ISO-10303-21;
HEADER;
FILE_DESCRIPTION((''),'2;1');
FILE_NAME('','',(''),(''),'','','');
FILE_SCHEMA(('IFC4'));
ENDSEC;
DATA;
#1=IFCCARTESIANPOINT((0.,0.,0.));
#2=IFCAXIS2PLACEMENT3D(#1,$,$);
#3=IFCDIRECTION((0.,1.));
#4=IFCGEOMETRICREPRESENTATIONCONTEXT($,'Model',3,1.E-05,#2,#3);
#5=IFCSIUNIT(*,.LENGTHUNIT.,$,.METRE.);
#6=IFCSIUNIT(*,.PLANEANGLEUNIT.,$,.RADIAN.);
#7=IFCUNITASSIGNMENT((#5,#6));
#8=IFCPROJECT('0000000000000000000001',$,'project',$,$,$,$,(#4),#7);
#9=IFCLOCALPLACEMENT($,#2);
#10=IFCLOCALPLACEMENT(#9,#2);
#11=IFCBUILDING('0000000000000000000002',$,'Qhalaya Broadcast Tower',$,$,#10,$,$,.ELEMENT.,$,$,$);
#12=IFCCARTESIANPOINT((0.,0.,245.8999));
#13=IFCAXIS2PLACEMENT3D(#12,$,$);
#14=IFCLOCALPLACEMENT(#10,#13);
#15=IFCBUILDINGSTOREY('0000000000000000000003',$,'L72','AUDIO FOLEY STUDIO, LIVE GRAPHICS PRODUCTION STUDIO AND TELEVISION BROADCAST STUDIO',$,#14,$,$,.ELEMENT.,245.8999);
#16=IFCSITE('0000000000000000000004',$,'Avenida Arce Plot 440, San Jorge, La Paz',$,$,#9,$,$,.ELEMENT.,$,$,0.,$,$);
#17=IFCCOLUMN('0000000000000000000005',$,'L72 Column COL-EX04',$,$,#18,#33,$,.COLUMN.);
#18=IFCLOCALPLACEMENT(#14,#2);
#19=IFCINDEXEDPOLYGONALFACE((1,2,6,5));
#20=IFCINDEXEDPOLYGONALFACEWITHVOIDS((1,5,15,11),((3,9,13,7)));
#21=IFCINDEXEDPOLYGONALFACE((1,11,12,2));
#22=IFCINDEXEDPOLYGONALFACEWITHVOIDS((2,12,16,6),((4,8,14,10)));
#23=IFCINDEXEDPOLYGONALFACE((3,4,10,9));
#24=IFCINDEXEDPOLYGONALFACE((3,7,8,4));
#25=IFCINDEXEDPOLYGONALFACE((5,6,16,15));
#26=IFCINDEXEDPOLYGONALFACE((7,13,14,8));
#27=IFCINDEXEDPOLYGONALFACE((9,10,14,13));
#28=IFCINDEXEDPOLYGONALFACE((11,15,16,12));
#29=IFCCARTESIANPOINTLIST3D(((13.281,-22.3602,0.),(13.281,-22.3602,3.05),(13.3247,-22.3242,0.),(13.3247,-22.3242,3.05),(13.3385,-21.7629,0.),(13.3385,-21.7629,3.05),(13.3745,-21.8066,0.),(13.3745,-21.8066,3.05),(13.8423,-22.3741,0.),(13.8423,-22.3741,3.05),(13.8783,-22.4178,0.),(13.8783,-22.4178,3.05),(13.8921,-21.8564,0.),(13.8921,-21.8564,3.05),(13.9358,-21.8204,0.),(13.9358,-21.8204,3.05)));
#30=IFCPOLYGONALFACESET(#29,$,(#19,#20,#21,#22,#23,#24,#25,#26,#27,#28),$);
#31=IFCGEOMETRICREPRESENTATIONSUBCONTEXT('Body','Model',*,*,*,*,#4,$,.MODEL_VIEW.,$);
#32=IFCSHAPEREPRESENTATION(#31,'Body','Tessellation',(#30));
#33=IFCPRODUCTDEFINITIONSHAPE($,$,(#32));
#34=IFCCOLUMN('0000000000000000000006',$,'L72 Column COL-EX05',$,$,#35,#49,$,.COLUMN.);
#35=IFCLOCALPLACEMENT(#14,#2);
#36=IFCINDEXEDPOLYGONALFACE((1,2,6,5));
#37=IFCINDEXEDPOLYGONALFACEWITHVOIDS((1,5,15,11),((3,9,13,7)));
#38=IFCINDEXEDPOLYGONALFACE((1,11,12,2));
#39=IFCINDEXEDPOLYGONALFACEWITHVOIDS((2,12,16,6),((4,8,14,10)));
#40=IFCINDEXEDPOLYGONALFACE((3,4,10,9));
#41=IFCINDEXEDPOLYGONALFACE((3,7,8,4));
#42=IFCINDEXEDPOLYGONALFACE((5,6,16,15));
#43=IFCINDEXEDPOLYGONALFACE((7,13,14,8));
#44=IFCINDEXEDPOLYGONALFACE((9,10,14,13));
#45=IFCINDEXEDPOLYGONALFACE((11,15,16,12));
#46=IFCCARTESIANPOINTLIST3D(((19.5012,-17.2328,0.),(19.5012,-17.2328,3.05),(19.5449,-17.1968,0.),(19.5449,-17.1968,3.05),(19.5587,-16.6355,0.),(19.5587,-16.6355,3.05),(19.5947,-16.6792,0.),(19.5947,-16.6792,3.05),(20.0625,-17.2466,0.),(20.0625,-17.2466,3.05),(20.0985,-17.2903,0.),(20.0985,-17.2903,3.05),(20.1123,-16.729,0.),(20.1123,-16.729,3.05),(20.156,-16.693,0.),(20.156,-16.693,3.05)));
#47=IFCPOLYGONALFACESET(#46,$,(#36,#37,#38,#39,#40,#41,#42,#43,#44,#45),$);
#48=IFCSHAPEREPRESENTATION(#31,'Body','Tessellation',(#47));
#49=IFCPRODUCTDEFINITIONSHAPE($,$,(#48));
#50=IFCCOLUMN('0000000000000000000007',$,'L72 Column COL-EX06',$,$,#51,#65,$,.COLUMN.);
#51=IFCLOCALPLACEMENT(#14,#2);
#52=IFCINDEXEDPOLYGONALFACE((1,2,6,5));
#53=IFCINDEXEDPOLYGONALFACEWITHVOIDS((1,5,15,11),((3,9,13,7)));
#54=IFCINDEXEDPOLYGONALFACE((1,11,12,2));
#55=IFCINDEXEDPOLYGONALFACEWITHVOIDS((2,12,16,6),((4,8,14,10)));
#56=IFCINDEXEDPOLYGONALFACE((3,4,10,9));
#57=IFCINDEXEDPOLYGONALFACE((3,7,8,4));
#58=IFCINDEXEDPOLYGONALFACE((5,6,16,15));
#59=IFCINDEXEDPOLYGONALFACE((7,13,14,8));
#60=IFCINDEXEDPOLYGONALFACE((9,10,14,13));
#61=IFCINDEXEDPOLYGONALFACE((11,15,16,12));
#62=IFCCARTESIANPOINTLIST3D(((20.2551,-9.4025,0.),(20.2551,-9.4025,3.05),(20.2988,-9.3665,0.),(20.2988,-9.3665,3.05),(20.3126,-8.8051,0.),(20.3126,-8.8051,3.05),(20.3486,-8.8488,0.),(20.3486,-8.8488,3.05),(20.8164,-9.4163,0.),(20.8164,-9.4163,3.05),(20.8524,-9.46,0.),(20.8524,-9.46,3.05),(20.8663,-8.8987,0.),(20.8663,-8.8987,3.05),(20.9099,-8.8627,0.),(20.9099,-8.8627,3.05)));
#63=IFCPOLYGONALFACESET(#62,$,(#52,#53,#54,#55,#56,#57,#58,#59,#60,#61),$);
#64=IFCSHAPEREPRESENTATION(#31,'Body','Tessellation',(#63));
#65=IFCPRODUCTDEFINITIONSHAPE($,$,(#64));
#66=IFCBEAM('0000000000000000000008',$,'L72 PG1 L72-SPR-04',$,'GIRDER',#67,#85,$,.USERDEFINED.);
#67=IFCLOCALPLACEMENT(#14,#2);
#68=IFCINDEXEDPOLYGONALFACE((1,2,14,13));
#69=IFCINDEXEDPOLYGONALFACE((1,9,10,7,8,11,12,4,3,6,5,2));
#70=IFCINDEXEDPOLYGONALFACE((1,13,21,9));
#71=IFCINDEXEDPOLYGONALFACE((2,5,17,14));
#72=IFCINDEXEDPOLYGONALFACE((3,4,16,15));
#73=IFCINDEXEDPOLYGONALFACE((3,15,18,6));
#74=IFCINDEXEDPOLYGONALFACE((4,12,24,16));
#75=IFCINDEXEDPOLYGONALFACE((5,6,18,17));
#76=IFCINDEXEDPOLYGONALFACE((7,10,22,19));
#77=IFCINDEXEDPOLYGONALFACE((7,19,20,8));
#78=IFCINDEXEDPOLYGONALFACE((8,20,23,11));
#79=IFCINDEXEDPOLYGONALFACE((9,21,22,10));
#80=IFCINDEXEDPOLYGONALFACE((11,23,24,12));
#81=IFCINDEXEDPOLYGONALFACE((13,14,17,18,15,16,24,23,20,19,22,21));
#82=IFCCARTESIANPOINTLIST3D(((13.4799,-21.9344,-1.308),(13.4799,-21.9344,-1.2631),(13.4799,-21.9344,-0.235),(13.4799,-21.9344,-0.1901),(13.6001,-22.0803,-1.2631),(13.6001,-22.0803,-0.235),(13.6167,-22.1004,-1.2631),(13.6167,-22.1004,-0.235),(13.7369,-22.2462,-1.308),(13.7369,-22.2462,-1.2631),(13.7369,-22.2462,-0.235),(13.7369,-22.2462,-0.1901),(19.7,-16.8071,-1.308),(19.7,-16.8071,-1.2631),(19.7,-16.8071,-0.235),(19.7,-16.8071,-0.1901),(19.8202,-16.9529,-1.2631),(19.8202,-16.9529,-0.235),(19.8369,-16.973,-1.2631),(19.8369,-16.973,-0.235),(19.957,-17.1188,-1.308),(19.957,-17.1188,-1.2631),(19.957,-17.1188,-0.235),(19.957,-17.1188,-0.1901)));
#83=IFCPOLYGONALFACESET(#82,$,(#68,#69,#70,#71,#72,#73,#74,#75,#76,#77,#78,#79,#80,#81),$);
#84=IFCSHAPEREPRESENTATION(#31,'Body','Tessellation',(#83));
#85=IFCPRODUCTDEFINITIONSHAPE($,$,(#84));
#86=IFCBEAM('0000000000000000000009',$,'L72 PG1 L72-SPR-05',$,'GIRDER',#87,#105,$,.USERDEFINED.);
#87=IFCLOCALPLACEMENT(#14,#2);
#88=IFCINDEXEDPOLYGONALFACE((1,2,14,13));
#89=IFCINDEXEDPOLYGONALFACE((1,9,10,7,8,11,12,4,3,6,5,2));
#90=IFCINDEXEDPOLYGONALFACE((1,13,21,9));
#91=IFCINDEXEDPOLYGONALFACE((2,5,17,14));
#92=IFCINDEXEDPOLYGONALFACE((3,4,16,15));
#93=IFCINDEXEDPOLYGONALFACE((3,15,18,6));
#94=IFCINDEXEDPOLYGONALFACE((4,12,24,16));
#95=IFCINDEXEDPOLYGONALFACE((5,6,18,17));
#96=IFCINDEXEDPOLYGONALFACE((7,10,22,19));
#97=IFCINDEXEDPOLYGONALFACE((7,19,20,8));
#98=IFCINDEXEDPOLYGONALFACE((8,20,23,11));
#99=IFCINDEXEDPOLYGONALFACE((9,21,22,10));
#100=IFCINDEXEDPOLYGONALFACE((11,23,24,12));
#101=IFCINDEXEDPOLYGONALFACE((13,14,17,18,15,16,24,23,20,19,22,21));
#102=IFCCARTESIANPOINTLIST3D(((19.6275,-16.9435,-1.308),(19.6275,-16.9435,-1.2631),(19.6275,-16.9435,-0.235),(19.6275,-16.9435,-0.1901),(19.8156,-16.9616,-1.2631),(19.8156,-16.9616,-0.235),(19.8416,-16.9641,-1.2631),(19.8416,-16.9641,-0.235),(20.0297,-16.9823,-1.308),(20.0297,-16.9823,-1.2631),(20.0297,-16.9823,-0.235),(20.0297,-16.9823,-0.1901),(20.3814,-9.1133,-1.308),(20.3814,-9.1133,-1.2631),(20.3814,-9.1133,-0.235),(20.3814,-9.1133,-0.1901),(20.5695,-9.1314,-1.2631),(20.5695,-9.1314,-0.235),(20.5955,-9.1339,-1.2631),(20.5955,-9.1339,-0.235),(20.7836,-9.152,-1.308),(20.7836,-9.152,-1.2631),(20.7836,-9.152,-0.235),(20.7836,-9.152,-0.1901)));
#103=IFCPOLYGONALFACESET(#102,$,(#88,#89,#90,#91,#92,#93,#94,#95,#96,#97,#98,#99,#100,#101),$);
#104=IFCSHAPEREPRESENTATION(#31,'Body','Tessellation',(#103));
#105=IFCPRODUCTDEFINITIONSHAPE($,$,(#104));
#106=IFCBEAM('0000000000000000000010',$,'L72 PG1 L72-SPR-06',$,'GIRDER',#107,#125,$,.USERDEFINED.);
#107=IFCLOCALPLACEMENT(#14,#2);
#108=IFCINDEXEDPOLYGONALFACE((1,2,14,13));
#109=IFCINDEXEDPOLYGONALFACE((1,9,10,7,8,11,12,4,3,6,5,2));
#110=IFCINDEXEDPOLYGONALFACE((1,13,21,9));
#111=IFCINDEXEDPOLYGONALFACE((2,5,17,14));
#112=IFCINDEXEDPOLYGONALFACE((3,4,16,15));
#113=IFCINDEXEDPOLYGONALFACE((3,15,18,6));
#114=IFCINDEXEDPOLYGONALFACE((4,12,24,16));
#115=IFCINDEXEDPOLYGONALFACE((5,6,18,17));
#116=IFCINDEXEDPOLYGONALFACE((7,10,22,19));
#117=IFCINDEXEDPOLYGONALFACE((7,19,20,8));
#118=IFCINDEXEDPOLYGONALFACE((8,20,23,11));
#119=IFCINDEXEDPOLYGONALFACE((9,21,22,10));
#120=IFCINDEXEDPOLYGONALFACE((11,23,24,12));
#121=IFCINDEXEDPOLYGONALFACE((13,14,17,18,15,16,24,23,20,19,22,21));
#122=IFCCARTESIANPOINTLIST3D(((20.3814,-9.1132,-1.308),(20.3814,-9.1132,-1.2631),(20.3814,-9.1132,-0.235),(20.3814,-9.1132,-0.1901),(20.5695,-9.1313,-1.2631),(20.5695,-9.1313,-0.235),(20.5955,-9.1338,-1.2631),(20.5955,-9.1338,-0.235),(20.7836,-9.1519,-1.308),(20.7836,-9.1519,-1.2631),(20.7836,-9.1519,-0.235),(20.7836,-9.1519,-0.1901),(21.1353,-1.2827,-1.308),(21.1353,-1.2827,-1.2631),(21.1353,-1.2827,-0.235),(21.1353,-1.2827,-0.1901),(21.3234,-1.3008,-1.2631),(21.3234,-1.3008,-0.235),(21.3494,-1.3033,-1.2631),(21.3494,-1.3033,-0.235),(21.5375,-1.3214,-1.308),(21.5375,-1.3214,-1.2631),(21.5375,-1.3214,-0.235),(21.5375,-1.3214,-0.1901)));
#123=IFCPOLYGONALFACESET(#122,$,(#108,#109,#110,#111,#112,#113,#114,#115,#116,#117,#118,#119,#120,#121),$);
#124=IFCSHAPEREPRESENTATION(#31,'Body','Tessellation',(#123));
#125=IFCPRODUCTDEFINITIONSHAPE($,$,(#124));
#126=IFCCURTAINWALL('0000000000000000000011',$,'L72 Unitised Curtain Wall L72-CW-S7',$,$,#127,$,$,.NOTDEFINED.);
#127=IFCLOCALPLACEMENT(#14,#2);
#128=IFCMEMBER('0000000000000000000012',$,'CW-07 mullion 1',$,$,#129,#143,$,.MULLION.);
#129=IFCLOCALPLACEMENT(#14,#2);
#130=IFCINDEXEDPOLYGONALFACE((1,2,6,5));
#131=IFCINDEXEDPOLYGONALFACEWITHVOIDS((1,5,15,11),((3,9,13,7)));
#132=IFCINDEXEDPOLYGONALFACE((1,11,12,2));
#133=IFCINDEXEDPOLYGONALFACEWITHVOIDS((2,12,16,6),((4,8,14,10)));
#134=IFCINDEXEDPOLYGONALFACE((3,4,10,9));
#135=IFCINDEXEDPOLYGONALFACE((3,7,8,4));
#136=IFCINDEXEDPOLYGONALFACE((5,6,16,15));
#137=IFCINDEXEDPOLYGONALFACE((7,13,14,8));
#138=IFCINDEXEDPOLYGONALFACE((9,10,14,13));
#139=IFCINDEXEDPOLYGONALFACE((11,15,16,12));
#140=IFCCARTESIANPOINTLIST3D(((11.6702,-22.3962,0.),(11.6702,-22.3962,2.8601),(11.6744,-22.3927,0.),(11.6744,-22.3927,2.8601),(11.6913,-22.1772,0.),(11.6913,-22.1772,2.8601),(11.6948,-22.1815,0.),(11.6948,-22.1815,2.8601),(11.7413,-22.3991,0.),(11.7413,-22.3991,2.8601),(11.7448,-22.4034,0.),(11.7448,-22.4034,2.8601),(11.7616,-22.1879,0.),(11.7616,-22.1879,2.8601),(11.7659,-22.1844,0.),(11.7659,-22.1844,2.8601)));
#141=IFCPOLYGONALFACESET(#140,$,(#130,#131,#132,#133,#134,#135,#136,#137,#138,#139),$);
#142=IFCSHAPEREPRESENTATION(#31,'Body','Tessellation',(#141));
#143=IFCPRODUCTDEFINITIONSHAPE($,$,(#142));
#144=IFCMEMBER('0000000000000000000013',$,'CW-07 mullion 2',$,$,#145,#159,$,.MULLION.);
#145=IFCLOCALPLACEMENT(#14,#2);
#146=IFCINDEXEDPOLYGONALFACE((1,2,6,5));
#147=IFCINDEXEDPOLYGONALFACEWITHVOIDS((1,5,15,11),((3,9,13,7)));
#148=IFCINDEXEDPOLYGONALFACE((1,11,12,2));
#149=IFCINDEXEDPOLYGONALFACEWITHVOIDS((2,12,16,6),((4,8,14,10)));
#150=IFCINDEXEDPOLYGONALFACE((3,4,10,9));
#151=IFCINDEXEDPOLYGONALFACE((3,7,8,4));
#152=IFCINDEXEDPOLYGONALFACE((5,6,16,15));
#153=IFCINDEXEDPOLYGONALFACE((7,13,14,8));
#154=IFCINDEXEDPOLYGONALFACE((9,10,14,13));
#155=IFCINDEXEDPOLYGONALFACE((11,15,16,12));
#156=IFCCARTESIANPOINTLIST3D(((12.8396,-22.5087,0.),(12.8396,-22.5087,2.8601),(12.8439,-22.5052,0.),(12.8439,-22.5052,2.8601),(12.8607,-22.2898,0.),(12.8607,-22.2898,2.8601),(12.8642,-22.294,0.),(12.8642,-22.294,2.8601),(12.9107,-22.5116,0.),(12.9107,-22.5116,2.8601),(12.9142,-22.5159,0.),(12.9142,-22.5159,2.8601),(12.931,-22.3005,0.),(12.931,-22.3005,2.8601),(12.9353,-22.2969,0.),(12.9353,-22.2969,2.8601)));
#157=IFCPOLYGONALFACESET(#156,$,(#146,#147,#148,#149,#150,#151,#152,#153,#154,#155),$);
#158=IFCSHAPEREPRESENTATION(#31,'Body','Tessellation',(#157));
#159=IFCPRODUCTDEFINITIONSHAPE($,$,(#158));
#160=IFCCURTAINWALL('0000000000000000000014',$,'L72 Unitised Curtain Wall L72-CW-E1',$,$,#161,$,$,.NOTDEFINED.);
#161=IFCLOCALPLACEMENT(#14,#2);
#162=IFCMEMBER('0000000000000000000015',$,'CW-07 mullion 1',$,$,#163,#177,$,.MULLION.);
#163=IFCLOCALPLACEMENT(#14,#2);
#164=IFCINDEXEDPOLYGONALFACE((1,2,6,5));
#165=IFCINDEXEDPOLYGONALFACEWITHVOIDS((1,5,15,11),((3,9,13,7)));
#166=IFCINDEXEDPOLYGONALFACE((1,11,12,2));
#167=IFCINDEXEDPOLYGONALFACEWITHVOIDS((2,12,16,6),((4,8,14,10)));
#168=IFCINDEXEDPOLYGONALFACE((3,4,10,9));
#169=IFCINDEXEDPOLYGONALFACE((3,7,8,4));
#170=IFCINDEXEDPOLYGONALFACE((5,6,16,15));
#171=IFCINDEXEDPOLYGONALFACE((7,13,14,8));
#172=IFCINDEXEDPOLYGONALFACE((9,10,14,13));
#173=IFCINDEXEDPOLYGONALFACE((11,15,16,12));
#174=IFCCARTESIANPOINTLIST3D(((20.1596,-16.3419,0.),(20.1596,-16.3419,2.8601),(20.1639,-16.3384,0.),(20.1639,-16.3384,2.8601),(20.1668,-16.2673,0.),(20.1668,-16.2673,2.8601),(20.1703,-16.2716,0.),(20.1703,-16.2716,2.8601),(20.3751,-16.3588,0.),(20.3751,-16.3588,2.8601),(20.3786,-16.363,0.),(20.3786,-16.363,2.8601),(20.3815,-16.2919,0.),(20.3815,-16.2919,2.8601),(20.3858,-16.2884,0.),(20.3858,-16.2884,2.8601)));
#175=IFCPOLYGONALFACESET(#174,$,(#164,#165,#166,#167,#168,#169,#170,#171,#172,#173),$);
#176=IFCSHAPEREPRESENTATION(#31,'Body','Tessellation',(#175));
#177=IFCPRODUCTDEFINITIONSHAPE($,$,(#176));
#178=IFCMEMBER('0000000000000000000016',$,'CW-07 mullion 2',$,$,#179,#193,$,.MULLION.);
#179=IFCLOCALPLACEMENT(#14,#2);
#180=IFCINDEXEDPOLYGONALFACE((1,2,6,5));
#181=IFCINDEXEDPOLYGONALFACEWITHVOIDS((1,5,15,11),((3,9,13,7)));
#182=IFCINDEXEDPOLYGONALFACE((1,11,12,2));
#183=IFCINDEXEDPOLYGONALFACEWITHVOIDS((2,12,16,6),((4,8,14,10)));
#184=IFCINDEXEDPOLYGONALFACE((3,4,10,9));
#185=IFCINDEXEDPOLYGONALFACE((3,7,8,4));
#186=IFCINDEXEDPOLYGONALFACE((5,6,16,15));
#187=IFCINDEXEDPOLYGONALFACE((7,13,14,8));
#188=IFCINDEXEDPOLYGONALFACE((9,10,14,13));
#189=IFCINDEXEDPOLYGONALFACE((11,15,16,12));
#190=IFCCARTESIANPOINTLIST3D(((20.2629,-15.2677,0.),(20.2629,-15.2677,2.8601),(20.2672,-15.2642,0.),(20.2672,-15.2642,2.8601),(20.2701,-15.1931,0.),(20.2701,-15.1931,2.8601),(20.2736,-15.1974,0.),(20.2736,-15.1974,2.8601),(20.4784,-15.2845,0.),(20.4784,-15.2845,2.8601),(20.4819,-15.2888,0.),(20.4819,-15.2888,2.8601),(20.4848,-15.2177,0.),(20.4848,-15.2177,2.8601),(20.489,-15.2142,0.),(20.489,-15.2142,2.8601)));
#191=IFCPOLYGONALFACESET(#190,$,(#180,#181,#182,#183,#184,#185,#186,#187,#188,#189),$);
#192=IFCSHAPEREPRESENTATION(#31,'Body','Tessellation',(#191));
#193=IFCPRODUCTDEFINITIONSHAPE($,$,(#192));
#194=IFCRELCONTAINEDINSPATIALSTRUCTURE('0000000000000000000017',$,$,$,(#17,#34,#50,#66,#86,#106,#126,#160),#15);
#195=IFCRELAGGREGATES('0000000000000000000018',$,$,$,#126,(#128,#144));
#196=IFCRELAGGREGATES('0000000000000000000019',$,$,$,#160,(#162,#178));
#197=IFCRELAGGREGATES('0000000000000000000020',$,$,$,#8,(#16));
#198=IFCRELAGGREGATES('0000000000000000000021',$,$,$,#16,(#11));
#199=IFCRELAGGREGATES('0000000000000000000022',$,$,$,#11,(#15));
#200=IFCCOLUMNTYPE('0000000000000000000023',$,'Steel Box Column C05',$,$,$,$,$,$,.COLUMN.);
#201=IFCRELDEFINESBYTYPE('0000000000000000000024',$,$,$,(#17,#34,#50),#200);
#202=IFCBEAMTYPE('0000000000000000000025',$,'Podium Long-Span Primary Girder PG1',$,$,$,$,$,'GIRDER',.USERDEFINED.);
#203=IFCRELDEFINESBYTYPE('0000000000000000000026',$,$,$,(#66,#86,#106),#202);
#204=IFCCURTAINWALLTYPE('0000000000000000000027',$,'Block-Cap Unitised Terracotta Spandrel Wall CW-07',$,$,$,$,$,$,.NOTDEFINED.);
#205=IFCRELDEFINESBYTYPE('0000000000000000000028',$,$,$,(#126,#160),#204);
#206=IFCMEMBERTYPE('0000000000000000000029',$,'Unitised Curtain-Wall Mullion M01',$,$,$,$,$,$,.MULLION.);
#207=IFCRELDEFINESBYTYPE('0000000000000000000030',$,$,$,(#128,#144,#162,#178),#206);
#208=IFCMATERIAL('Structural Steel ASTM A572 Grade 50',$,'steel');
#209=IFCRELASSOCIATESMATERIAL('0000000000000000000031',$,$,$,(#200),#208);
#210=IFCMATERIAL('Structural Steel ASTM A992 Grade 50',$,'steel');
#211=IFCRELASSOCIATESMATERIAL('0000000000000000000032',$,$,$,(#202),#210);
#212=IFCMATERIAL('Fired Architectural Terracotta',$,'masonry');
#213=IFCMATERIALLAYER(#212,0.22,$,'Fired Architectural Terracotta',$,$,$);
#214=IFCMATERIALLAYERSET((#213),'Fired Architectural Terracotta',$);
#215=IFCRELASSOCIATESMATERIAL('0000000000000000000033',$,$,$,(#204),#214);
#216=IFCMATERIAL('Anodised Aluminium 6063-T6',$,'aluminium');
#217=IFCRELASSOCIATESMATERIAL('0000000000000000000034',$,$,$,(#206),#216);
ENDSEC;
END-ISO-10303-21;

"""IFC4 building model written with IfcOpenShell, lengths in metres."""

from ifc_helpers import new_model, si_unit, direction, frame, origin, origin_2d, place, context, subcontext, project, spatial, hollow_rectangle, i_section, extrude, material, layer, layer_set, material_profile, profile_set, type_object, element, aggregate, save


model = new_model("IFC4")

# Units and contexts
model_context = context("Model", 3, precision=1e-05, world=origin(), true_north=direction((0.0, 1.0)))
body_context = subcontext(model_context, "Body", "Model", "MODEL_VIEW")
ifc_project = project(units=[si_unit("LENGTHUNIT", "METRE"), si_unit("PLANEANGLEUNIT", "RADIAN")], contexts=[model_context])

# Site, building, storey
site_placement = place(None, origin())
site = spatial("IfcSite", under=ifc_project, at=site_placement, Name="Avenida Arce Plot 440, San Jorge, La Paz", CompositionType="ELEMENT", RefElevation=0.0)
building_placement = place(site_placement, origin())
building = spatial("IfcBuilding", under=site, at=building_placement, Name="Qhalaya Broadcast Tower", CompositionType="ELEMENT")
storey_placement = place(building_placement, frame((0.0, 0.0, 245.8999)))
storey = spatial("IfcBuildingStorey", under=building, at=storey_placement, Name="L72", Description="AUDIO FOLEY STUDIO, LIVE GRAPHICS PRODUCTION STUDIO AND TELEVISION BROADCAST STUDIO", CompositionType="ELEMENT", Elevation=245.8999)

# Columns
ifc_material_1 = material(Name="Structural Steel ASTM A572 Grade 50", Category="steel")
ifc_material_profile_1 = material_profile(ifc_material_1, hollow_rectangle(XDim=0.6001, YDim=0.6001, WallThickness=0.04, at=origin_2d()), Name="BOX 600x600x40")
ifc_profile_set_1 = profile_set([ifc_material_profile_1], Name="Structural Steel ASTM A572 Grade 50")
column_type = type_object("IfcColumnType", Name="Steel Box Column C05", PredefinedType="COLUMN", material=ifc_profile_set_1)
for number, where, z_axis, x_axis, name in (
    (1, (13.6084, -22.0903, 0.0), (0.0, 0.0, 1.0), (0.995396, -0.095846, 0.0), "L72 Column COL-EX04"),
    (2, (19.8286, -16.9629, 0.0), (0.0, 0.0, 1.0), (0.095846, 0.995396, 0.0), "L72 Column COL-EX05"),
    (3, (20.5825, -9.1326, 0.0), (0.0, 0.0, 1.0), (0.095846, 0.995396, 0.0), "L72 Column COL-EX06"),
):
    element("IfcColumn", number, at=place(storey_placement, frame(where, z_axis=z_axis, x_axis=x_axis)), inside=storey, type_object=column_type, Name=name, PredefinedType="COLUMN", context=body_context, shape_type="SweptSolid", body=[
        extrude(hollow_rectangle(XDim=0.6001, YDim=0.6001, WallThickness=0.04, at=origin_2d()), origin(), (0.0, 0.0, 1.0), 3.05),
    ])

# Beams
ifc_material_2 = material(Name="Structural Steel ASTM A992 Grade 50", Category="steel")
ifc_material_profile_2 = material_profile(ifc_material_2, i_section(OverallWidth=0.4041, OverallDepth=1.1179, WebThickness=0.0261, FlangeThickness=0.0449, at=origin_2d()), Name="W44X335")
ifc_profile_set_2 = profile_set([ifc_material_profile_2], Name="Structural Steel ASTM A992 Grade 50")
beam_type = type_object("IfcBeamType", Name="Podium Long-Span Primary Girder PG1", ElementType="GIRDER", PredefinedType="USERDEFINED", material=ifc_profile_set_2)
beam_1_placement = place(storey_placement, frame((13.6084, -22.0903, -0.749), z_axis=(0.771631, 0.63607, 0.0), x_axis=(-0.63607, 0.771631, 0.0)))
element("IfcBeam", 4, at=beam_1_placement, inside=storey, type_object=beam_type, Name="L72 PG1 L72-SPR-04", ObjectType="GIRDER", PredefinedType="USERDEFINED", context=body_context, shape_type="SweptSolid", body=[
    extrude(i_section(OverallWidth=0.4041, OverallDepth=1.1179, WebThickness=0.0261, FlangeThickness=0.0449, at=origin_2d()), origin(), (0.0, 0.0, 1.0), 8.061),
])
beam_2_placement = place(storey_placement, frame((19.8286, -16.9629, -0.749), z_axis=(0.095837, 0.995397, 0.0), x_axis=(-0.995397, 0.095837, 0.0)))
element("IfcBeam", 5, at=beam_2_placement, inside=storey, type_object=beam_type, Name="L72 PG1 L72-SPR-05", ObjectType="GIRDER", PredefinedType="USERDEFINED", context=body_context, shape_type="SweptSolid", body=[
    extrude(i_section(OverallWidth=0.4041, OverallDepth=1.1179, WebThickness=0.0261, FlangeThickness=0.0449, at=origin_2d()), origin(), (0.0, 0.0, 1.0), 7.8665),
])
beam_3_placement = place(storey_placement, frame((20.5825, -9.1326, -0.749), z_axis=(0.095834, 0.995397, 0.0), x_axis=(-0.995397, 0.095834, 0.0)))
element("IfcBeam", 6, at=beam_3_placement, inside=storey, type_object=beam_type, Name="L72 PG1 L72-SPR-06", ObjectType="GIRDER", PredefinedType="USERDEFINED", context=body_context, shape_type="SweptSolid", body=[
    extrude(i_section(OverallWidth=0.4041, OverallDepth=1.1179, WebThickness=0.0261, FlangeThickness=0.0449, at=origin_2d()), origin(), (0.0, 0.0, 1.0), 7.8667),
])

# Curtain walls, members
ifc_material_3 = material(Name="Fired Architectural Terracotta", Category="masonry")
ifc_layer_1 = layer(ifc_material_3, 0.22, Name="Fired Architectural Terracotta")
ifc_layer_set_1 = layer_set([ifc_layer_1], Name="Fired Architectural Terracotta")
curtain_wall_type_1 = type_object("IfcCurtainWallType", Name="Block-Cap Unitised Terracotta Spandrel Wall CW-07", PredefinedType="NOTDEFINED", material=ifc_layer_set_1)
curtain_wall_1_placement = place(storey_placement, origin())
curtain_wall_1 = element("IfcCurtainWall", 7, at=curtain_wall_1_placement, inside=storey, type_object=curtain_wall_type_1, Name="L72 Unitised Curtain Wall L72-CW-S7", PredefinedType="NOTDEFINED")
ifc_material_4 = material(Name="Anodised Aluminium 6063-T6", Category="aluminium")
ifc_material_profile_3 = material_profile(ifc_material_4, hollow_rectangle(XDim=0.075, YDim=0.22, WallThickness=0.0039, at=origin_2d()), Name="ALU-MUL 75x220x4")
ifc_profile_set_3 = profile_set([ifc_material_profile_3], Name="Anodised Aluminium 6063-T6")
member_type_1 = type_object("IfcMemberType", Name="Unitised Curtain-Wall Mullion M01", PredefinedType="MULLION", material=ifc_profile_set_3)
member_1_placement = place(storey_placement, frame((11.718, -22.2903, 0.0), z_axis=(0.0, 0.0, 1.0), x_axis=(0.995396, -0.095844, 0.0)))
member_1 = element("IfcMember", 8, at=member_1_placement, type_object=member_type_1, Name="CW-07 mullion 1", PredefinedType="MULLION", context=body_context, shape_type="SweptSolid", body=[
    extrude(hollow_rectangle(XDim=0.075, YDim=0.22, WallThickness=0.0039, at=origin_2d()), origin(), (0.0, 0.0, 1.0), 2.8601),
])
member_2_placement = place(storey_placement, frame((12.8875, -22.4028, 0.0), z_axis=(0.0, 0.0, 1.0), x_axis=(0.995396, -0.095844, 0.0)))
member_2 = element("IfcMember", 9, at=member_2_placement, type_object=member_type_1, Name="CW-07 mullion 2", PredefinedType="MULLION", context=body_context, shape_type="SweptSolid", body=[
    extrude(hollow_rectangle(XDim=0.075, YDim=0.22, WallThickness=0.0039, at=origin_2d()), origin(), (0.0, 0.0, 1.0), 2.8601),
])
curtain_wall_2_placement = place(storey_placement, origin())
curtain_wall_2 = element("IfcCurtainWall", 10, at=curtain_wall_2_placement, inside=storey, type_object=curtain_wall_type_1, Name="L72 Unitised Curtain Wall L72-CW-E1", PredefinedType="NOTDEFINED")
member_3_placement = place(storey_placement, frame((20.2727, -16.3152, 0.0), z_axis=(0.0, 0.0, 1.0), x_axis=(0.09584, 0.995397, 0.0)))
member_3 = element("IfcMember", 11, at=member_3_placement, type_object=member_type_1, Name="CW-07 mullion 1", PredefinedType="MULLION", context=body_context, shape_type="SweptSolid", body=[
    extrude(hollow_rectangle(XDim=0.075, YDim=0.22, WallThickness=0.0039, at=origin_2d()), origin(), (0.0, 0.0, 1.0), 2.8601),
])
member_4_placement = place(storey_placement, frame((20.376, -15.241, 0.0), z_axis=(0.0, 0.0, 1.0), x_axis=(0.09584, 0.995397, 0.0)))
member_4 = element("IfcMember", 12, at=member_4_placement, type_object=member_type_1, Name="CW-07 mullion 2", PredefinedType="MULLION", context=body_context, shape_type="SweptSolid", body=[
    extrude(hollow_rectangle(XDim=0.075, YDim=0.22, WallThickness=0.0039, at=origin_2d()), origin(), (0.0, 0.0, 1.0), 2.8601),
])

aggregate(curtain_wall_1, [member_1, member_2])
aggregate(curtain_wall_2, [member_3, member_4])

save(model, "model.ifc")
